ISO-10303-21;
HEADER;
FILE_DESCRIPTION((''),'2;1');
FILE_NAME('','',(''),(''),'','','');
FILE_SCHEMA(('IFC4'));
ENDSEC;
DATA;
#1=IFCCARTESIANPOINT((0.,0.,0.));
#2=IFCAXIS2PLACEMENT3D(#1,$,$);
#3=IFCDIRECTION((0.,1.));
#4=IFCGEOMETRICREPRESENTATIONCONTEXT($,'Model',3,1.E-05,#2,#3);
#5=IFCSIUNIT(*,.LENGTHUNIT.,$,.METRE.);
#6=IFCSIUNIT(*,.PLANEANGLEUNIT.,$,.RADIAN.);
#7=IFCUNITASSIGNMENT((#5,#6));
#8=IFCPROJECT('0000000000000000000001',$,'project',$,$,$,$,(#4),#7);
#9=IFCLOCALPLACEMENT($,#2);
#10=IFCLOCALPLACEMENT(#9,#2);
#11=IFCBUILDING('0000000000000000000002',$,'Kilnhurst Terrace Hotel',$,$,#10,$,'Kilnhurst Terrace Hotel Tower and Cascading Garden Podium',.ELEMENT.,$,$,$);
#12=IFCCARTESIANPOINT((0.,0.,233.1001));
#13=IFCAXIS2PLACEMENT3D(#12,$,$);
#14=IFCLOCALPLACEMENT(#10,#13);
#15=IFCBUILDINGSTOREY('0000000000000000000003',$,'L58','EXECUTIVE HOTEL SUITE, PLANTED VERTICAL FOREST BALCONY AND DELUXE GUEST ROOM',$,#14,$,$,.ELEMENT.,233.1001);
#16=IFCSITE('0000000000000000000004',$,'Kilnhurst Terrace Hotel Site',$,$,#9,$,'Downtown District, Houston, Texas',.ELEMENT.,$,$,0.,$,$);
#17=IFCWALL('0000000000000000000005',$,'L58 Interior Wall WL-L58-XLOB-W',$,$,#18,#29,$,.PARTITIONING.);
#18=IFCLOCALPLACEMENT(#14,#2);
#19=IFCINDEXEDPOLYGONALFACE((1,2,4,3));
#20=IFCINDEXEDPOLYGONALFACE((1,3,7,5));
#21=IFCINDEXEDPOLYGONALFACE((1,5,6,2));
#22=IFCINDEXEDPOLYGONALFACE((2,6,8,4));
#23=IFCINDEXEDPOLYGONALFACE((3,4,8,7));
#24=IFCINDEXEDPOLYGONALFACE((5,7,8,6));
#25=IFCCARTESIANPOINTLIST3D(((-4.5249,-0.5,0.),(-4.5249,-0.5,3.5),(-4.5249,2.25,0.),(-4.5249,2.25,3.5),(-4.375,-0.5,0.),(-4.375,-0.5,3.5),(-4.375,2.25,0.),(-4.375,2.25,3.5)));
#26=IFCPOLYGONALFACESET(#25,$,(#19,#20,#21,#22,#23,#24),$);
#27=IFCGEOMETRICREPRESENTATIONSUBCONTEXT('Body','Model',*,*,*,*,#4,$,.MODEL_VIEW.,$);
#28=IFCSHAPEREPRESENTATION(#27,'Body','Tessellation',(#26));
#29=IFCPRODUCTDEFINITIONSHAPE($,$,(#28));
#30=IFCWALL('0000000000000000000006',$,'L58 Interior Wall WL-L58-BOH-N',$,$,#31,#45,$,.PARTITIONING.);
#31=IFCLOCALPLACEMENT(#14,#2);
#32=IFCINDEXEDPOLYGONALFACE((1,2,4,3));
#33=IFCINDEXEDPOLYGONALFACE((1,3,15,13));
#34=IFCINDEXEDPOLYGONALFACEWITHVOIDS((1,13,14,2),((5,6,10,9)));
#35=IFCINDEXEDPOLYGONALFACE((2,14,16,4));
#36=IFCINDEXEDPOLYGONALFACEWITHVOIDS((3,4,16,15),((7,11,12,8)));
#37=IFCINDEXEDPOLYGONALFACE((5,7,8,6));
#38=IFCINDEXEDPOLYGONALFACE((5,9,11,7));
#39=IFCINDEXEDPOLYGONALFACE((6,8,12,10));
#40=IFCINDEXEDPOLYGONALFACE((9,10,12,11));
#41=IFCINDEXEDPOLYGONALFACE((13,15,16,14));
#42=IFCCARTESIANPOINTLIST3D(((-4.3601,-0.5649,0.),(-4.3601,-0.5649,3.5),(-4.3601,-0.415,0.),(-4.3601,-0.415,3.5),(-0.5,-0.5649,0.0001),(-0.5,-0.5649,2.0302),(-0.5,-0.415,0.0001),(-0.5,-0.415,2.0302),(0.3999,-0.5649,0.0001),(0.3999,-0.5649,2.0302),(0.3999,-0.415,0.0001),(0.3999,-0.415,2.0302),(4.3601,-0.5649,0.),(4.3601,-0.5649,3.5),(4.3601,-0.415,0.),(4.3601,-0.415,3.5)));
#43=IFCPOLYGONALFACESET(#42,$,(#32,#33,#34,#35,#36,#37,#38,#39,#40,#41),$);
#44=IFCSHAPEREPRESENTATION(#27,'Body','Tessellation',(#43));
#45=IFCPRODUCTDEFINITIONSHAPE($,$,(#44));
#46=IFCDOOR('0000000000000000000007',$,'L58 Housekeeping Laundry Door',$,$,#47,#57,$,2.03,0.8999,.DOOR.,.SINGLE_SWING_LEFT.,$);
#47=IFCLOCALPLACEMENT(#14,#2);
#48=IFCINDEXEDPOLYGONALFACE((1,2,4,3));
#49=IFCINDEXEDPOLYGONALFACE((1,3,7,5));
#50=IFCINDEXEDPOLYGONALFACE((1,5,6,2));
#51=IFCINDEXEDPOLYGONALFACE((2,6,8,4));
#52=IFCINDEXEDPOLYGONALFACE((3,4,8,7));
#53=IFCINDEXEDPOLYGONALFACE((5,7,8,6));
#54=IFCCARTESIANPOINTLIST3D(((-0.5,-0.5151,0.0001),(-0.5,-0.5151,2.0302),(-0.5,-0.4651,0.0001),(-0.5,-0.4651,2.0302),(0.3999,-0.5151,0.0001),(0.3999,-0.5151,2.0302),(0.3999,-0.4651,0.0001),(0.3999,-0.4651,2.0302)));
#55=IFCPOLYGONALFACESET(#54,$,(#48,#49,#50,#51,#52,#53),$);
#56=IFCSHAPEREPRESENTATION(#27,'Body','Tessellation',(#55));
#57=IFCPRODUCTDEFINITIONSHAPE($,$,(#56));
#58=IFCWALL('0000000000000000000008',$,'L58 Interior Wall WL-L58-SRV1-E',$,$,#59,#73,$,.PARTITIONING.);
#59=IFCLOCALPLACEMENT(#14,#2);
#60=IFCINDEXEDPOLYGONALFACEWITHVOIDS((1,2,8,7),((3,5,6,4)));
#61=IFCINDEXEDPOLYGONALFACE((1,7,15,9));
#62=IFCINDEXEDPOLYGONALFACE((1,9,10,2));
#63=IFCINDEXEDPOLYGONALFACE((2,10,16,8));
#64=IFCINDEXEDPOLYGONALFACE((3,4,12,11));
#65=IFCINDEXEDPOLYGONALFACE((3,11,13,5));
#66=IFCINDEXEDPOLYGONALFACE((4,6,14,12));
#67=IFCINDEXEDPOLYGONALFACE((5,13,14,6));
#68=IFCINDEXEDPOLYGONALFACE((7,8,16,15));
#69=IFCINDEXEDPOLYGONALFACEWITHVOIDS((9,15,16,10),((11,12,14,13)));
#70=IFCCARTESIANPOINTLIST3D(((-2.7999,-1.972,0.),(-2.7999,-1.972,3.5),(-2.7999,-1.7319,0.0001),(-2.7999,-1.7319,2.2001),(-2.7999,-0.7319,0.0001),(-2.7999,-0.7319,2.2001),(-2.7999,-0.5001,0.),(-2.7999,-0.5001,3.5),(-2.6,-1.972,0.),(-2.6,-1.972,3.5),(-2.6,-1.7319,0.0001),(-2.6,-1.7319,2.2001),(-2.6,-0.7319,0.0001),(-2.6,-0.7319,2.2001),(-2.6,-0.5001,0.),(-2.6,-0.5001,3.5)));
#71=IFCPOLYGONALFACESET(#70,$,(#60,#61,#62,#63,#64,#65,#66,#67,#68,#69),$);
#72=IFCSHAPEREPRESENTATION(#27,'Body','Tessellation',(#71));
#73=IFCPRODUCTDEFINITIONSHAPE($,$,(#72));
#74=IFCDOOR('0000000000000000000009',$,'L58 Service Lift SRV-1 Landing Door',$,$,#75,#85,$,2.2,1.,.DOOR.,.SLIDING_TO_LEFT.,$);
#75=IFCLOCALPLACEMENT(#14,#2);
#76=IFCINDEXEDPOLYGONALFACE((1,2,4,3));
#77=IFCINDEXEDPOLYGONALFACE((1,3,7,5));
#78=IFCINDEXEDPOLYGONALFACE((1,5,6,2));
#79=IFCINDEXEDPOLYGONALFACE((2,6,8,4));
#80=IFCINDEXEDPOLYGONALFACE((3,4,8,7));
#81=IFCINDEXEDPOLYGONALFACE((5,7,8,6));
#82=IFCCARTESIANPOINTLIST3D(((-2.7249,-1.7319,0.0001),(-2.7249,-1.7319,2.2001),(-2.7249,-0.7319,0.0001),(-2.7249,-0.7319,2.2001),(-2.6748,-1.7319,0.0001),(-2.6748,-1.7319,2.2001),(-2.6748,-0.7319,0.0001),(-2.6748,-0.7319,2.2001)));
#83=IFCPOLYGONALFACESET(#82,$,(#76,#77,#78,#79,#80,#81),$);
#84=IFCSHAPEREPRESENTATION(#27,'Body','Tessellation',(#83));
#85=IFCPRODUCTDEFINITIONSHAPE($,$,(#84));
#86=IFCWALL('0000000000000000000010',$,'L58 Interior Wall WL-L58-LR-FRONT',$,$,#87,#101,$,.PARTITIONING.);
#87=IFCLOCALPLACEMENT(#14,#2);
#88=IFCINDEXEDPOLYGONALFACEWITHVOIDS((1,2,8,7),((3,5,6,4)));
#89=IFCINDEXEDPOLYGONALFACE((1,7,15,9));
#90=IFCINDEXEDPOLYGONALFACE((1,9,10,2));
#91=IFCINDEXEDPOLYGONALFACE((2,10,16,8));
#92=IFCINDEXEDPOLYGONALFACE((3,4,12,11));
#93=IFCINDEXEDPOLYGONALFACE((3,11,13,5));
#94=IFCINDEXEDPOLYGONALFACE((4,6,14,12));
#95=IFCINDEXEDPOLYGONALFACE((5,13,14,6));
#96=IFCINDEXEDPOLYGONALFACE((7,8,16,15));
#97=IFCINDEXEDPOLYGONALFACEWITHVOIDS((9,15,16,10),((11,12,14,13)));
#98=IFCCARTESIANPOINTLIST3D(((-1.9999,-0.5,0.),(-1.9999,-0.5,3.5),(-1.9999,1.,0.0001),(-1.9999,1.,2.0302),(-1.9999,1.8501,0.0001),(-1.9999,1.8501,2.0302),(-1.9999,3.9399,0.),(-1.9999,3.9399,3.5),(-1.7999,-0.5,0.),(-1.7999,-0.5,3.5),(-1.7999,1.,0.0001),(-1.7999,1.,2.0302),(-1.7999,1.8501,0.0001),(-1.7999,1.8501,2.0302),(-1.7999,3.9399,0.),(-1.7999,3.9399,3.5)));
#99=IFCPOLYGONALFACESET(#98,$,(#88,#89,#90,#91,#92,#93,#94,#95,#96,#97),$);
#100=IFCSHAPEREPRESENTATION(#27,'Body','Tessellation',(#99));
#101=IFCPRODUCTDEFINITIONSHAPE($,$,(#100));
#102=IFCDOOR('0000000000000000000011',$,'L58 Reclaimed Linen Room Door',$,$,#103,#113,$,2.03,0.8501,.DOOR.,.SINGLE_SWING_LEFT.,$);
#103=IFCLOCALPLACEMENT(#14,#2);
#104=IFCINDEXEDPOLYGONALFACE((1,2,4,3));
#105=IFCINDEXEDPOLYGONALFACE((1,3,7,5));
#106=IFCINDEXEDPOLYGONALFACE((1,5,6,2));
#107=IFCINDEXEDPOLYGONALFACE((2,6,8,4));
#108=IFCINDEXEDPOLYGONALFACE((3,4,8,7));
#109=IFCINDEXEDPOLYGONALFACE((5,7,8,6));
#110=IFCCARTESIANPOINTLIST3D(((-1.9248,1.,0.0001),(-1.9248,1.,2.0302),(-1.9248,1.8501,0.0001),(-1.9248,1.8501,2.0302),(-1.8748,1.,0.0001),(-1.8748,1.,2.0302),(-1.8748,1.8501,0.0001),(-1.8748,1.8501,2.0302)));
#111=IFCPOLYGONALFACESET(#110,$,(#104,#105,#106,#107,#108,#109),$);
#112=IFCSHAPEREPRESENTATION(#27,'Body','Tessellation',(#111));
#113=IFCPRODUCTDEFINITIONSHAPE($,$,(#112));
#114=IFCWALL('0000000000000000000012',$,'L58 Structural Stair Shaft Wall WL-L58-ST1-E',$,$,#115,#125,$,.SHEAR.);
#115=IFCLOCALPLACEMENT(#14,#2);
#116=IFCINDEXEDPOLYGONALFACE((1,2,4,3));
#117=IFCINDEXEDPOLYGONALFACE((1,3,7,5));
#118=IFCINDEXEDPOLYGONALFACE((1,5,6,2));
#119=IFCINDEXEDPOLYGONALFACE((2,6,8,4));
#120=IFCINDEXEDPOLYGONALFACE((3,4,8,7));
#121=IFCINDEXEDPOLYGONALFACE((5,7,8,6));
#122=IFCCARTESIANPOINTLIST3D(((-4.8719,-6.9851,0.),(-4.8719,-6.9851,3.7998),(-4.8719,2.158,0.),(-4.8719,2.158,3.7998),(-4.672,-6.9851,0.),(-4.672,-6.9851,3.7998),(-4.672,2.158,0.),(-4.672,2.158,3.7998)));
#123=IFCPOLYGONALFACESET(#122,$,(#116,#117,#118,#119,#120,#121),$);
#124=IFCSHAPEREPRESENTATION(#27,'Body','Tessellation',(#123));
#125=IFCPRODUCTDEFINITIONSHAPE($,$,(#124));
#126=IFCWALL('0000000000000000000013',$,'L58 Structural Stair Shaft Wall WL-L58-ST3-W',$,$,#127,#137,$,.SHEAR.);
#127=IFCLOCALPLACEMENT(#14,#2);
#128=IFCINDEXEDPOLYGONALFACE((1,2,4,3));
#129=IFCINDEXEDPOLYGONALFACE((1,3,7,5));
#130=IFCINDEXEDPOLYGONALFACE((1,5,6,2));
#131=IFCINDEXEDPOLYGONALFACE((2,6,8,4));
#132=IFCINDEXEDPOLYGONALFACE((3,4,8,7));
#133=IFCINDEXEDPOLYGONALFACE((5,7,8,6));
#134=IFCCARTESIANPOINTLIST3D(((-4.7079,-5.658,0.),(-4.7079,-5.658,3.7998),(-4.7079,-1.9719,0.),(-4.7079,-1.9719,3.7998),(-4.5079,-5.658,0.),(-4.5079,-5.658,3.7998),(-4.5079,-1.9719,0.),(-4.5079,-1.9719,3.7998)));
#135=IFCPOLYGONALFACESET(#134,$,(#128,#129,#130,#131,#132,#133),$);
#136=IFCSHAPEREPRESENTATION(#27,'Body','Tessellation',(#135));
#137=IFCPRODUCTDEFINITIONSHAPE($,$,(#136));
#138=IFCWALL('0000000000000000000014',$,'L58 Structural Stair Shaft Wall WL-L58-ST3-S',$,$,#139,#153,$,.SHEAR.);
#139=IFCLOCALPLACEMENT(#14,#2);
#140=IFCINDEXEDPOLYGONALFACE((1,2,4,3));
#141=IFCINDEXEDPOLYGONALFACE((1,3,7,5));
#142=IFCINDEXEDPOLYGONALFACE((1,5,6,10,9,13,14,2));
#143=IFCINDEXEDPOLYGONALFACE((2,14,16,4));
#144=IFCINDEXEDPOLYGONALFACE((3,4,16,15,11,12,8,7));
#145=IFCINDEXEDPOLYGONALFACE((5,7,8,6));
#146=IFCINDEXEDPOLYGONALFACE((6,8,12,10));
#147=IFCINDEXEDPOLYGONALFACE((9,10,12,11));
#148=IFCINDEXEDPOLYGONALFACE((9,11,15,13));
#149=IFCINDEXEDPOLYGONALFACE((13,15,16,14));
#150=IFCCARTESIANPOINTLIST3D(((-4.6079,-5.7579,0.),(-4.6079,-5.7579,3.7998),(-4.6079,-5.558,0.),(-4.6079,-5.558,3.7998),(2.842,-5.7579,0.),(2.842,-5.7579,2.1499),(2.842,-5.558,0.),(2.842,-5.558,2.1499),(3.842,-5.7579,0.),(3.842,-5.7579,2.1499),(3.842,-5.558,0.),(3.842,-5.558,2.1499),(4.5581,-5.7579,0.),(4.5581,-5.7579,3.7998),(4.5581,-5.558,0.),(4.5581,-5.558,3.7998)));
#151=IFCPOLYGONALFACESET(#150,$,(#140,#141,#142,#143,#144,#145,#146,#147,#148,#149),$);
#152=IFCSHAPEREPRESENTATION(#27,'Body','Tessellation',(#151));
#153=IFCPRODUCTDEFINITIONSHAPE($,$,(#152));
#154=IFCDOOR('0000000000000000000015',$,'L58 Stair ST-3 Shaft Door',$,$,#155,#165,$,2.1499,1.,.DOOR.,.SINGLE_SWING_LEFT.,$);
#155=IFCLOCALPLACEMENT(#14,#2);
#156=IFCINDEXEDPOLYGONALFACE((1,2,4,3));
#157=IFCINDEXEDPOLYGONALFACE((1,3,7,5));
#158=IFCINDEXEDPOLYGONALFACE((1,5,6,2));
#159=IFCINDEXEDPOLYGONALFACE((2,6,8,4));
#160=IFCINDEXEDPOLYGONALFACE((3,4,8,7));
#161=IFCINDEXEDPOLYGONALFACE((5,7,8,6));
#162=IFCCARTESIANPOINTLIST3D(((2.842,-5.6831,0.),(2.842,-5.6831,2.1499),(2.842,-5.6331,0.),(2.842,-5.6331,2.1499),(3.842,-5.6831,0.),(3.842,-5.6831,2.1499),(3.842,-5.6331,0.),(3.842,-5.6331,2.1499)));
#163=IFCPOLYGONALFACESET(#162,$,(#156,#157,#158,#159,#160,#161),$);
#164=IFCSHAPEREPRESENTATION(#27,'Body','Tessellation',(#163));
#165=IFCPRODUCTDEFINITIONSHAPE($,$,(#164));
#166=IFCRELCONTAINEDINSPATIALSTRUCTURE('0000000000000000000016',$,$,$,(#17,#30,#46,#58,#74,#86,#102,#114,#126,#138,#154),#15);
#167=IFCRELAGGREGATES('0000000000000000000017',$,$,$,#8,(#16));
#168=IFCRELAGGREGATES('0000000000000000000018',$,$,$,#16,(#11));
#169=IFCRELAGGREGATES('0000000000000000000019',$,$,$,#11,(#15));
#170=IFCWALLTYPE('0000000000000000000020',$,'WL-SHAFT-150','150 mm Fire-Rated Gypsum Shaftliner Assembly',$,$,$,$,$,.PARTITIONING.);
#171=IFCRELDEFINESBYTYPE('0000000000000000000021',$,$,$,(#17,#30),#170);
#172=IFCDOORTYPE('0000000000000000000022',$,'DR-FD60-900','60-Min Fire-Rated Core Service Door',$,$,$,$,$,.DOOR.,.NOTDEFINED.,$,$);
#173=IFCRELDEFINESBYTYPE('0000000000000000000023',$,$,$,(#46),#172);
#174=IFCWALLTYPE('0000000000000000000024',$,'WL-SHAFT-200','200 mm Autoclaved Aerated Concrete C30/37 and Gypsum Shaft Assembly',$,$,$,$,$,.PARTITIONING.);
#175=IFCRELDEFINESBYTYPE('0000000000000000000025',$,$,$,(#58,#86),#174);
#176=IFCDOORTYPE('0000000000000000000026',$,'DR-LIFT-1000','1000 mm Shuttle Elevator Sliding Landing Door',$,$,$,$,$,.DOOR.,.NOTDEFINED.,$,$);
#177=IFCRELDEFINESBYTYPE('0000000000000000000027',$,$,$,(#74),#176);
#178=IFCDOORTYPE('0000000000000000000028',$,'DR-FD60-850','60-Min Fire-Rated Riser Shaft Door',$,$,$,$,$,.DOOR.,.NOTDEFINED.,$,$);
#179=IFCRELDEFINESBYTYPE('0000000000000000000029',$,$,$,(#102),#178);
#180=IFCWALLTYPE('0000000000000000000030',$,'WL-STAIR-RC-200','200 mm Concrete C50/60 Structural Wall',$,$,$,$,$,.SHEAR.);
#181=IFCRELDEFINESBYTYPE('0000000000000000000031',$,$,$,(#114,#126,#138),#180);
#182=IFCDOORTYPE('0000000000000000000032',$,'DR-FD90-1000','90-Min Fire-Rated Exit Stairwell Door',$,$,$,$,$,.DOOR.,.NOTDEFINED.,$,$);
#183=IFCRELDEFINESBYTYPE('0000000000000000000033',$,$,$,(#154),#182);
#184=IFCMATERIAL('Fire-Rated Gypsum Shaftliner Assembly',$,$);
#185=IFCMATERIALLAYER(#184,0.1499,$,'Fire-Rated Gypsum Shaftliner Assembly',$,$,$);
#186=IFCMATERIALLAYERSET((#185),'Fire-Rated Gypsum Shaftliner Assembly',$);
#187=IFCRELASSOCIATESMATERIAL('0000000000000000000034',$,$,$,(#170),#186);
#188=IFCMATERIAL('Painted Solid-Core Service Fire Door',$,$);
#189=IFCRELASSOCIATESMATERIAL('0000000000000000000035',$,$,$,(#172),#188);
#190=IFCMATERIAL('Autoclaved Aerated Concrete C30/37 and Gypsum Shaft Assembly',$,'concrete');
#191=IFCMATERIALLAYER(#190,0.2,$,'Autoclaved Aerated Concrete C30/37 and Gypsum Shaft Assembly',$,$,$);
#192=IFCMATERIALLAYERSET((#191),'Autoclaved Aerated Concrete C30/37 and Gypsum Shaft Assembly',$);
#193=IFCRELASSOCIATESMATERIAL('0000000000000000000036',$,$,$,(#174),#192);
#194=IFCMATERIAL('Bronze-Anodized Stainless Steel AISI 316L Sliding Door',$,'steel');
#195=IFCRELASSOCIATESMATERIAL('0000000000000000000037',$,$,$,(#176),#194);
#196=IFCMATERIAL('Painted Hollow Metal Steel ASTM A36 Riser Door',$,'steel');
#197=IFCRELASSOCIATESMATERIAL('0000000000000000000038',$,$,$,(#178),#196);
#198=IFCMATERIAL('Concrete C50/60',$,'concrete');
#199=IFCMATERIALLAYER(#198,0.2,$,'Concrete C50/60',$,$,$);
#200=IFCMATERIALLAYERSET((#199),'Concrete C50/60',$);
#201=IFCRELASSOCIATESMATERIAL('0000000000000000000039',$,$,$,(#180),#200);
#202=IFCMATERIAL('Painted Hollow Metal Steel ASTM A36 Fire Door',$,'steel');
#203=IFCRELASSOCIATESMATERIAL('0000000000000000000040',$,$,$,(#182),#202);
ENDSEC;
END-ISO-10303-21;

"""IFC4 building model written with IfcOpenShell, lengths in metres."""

from ifc_helpers import new_model, si_unit, direction, frame, frame_2d, origin, place, context, subcontext, project, spatial, rectangle, extrude, material, layer, layer_set, type_object, element, fill, save


model = new_model("IFC4")

# Units and contexts
model_context = context("Model", 3, precision=1e-05, world=origin(), true_north=direction((0.0, 1.0)))
body_context = subcontext(model_context, "Body", "Model", "MODEL_VIEW")
ifc_project = project(units=[si_unit("LENGTHUNIT", "METRE"), si_unit("PLANEANGLEUNIT", "RADIAN")], contexts=[model_context])

# Site, building, storey
site_placement = place(None, origin())
site = spatial("IfcSite", under=ifc_project, at=site_placement, Name="Kilnhurst Terrace Hotel Site", LongName="Downtown District, Houston, Texas", CompositionType="ELEMENT", RefElevation=0.0)
building_placement = place(site_placement, origin())
building = spatial("IfcBuilding", under=site, at=building_placement, Name="Kilnhurst Terrace Hotel", LongName="Kilnhurst Terrace Hotel Tower and Cascading Garden Podium", CompositionType="ELEMENT")
storey_placement = place(building_placement, frame((0.0, 0.0, 233.1001)))
storey = spatial("IfcBuildingStorey", under=building, at=storey_placement, Name="L58", Description="EXECUTIVE HOTEL SUITE, PLANTED VERTICAL FOREST BALCONY AND DELUXE GUEST ROOM", CompositionType="ELEMENT", Elevation=233.1001)

# Wall
ifc_material_1 = material(Name="Fire-Rated Gypsum Shaftliner Assembly")
ifc_layer_1 = layer(ifc_material_1, 0.1499, Name="Fire-Rated Gypsum Shaftliner Assembly")
ifc_layer_set_1 = layer_set([ifc_layer_1], Name="Fire-Rated Gypsum Shaftliner Assembly")
wall_type_1 = type_object("IfcWallType", Name="WL-SHAFT-150", Description="150 mm Fire-Rated Gypsum Shaftliner Assembly", PredefinedType="PARTITIONING", material=ifc_layer_set_1)
wall_1_placement = place(storey_placement, frame((-4.45, -0.5, 0.0), z_axis=(0.0, 0.0, 1.0), x_axis=(0.0, 1.0, 0.0)))
element("IfcWall", 1, at=wall_1_placement, inside=storey, type_object=wall_type_1, Name="L58 Interior Wall WL-L58-XLOB-W", PredefinedType="PARTITIONING", context=body_context, shape_type="SweptSolid", body=[
    extrude(rectangle(XDim=2.75, YDim=0.1499, at=frame_2d((1.375, 0.0))), origin(), (0.0, 0.0, 1.0), 3.5),
])

# Walls, openings, doors
wall_2_placement = place(storey_placement, frame((-4.3601, -0.49, 0.0), z_axis=(0.0, 0.0, 1.0), x_axis=(1.0, 0.0, 0.0)))
wall_2 = element("IfcWall", 2, at=wall_2_placement, inside=storey, type_object=wall_type_1, Name="L58 Interior Wall WL-L58-BOH-N", PredefinedType="PARTITIONING", context=body_context, shape_type="SweptSolid", body=[
    extrude(rectangle(XDim=8.7202, YDim=0.1499, at=frame_2d((4.3601, 0.0))), origin(), (0.0, 0.0, 1.0), 3.5),
])
opening_1_placement = place(wall_2_placement, frame((3.8601, 0.0, 0.0)))
opening_1 = element("IfcOpeningElement", 3, at=opening_1_placement, cuts=wall_2, PredefinedType="OPENING", context=body_context, shape_type="SweptSolid", body=[
    extrude(rectangle(XDim=0.8999, YDim=2.03, at=frame_2d((0.45, 1.0151))), frame((0.0, 0.085, 0.0), z_axis=(0.0, -1.0, 0.0), x_axis=(1.0, 0.0, 0.0)), (0.0, 0.0, 1.0), 0.1699),
])
ifc_material_2 = material(Name="Painted Solid-Core Service Fire Door")
door_type_1 = type_object("IfcDoorType", Name="DR-FD60-900", Description="60-Min Fire-Rated Core Service Door", OperationType="NOTDEFINED", PredefinedType="DOOR", material=ifc_material_2)
door_1_placement = place(opening_1_placement, origin())
door_1 = element("IfcDoor", 4, at=door_1_placement, inside=storey, type_object=door_type_1, Name="L58 Housekeeping Laundry Door", OperationType="SINGLE_SWING_LEFT", OverallHeight=2.03, OverallWidth=0.8999, PredefinedType="DOOR", context=body_context, shape_type="SweptSolid", body=[
    extrude(rectangle(XDim=0.8999, YDim=2.03, at=frame_2d((0.45, 1.0151))), frame((0.0, 0.0249, 0.0), z_axis=(0.0, -1.0, 0.0), x_axis=(1.0, 0.0, 0.0)), (0.0, 0.0, 1.0), 0.05),
])
fill(opening_1, door_1)
ifc_material_3 = material(Name="Autoclaved Aerated Concrete C30/37 and Gypsum Shaft Assembly", Category="concrete")
ifc_layer_2 = layer(ifc_material_3, 0.2, Name="Autoclaved Aerated Concrete C30/37 and Gypsum Shaft Assembly")
ifc_layer_set_2 = layer_set([ifc_layer_2], Name="Autoclaved Aerated Concrete C30/37 and Gypsum Shaft Assembly")
wall_type_2 = type_object("IfcWallType", Name="WL-SHAFT-200", Description="200 mm Autoclaved Aerated Concrete C30/37 and Gypsum Shaft Assembly", PredefinedType="PARTITIONING", material=ifc_layer_set_2)
wall_3_placement = place(storey_placement, frame((-2.7, -1.9719, 0.0), z_axis=(0.0, 0.0, 1.0), x_axis=(0.0, 1.0, 0.0)))
wall_3 = element("IfcWall", 5, at=wall_3_placement, inside=storey, type_object=wall_type_2, Name="L58 Interior Wall WL-L58-SRV1-E", PredefinedType="PARTITIONING", context=body_context, shape_type="SweptSolid", body=[
    extrude(rectangle(XDim=1.4719, YDim=0.2, at=frame_2d((0.7358, 0.0))), origin(), (0.0, 0.0, 1.0), 3.5),
])
opening_2_placement = place(wall_3_placement, frame((0.24, 0.0, 0.0)))
opening_2 = element("IfcOpeningElement", 6, at=opening_2_placement, cuts=wall_3, PredefinedType="OPENING", context=body_context, shape_type="SweptSolid", body=[
    extrude(rectangle(XDim=1.0, YDim=2.2, at=frame_2d((0.5, 1.1001))), frame((0.0, 0.1099, 0.0), z_axis=(0.0, -1.0, 0.0), x_axis=(1.0, 0.0, 0.0)), (0.0, 0.0, 1.0), 0.22),
])
ifc_material_4 = material(Name="Bronze-Anodized Stainless Steel AISI 316L Sliding Door", Category="steel")
door_type_2 = type_object("IfcDoorType", Name="DR-LIFT-1000", Description="1000 mm Shuttle Elevator Sliding Landing Door", OperationType="NOTDEFINED", PredefinedType="DOOR", material=ifc_material_4)
door_2_placement = place(opening_2_placement, origin())
door_2 = element("IfcDoor", 7, at=door_2_placement, inside=storey, type_object=door_type_2, Name="L58 Service Lift SRV-1 Landing Door", OperationType="SLIDING_TO_LEFT", OverallHeight=2.2, OverallWidth=1.0, PredefinedType="DOOR", context=body_context, shape_type="SweptSolid", body=[
    extrude(rectangle(XDim=1.0, YDim=2.2, at=frame_2d((0.5, 1.1001))), frame((0.0, 0.0249, 0.0), z_axis=(0.0, -1.0, 0.0), x_axis=(1.0, 0.0, 0.0)), (0.0, 0.0, 1.0), 0.05),
])
fill(opening_2, door_2)
wall_4_placement = place(storey_placement, frame((-1.8999, -0.5, 0.0), z_axis=(0.0, 0.0, 1.0), x_axis=(0.0, 1.0, 0.0)))
wall_4 = element("IfcWall", 8, at=wall_4_placement, inside=storey, type_object=wall_type_2, Name="L58 Interior Wall WL-L58-LR-FRONT", PredefinedType="PARTITIONING", context=body_context, shape_type="SweptSolid", body=[
    extrude(rectangle(XDim=4.4399, YDim=0.2, at=frame_2d((2.22, 0.0))), origin(), (0.0, 0.0, 1.0), 3.5),
])
opening_3_placement = place(wall_4_placement, frame((1.5, 0.0, 0.0)))
opening_3 = element("IfcOpeningElement", 9, at=opening_3_placement, cuts=wall_4, PredefinedType="OPENING", context=body_context, shape_type="SweptSolid", body=[
    extrude(rectangle(XDim=0.8501, YDim=2.03, at=frame_2d((0.425, 1.0151))), frame((0.0, 0.1099, 0.0), z_axis=(0.0, -1.0, 0.0), x_axis=(1.0, 0.0, 0.0)), (0.0, 0.0, 1.0), 0.22),
])
ifc_material_5 = material(Name="Painted Hollow Metal Steel ASTM A36 Riser Door", Category="steel")
door_type_3 = type_object("IfcDoorType", Name="DR-FD60-850", Description="60-Min Fire-Rated Riser Shaft Door", OperationType="NOTDEFINED", PredefinedType="DOOR", material=ifc_material_5)
door_3_placement = place(opening_3_placement, origin())
door_3 = element("IfcDoor", 10, at=door_3_placement, inside=storey, type_object=door_type_3, Name="L58 Reclaimed Linen Room Door", OperationType="SINGLE_SWING_LEFT", OverallHeight=2.03, OverallWidth=0.8501, PredefinedType="DOOR", context=body_context, shape_type="SweptSolid", body=[
    extrude(rectangle(XDim=0.8501, YDim=2.03, at=frame_2d((0.425, 1.0151))), frame((0.0, 0.0249, 0.0), z_axis=(0.0, -1.0, 0.0), x_axis=(1.0, 0.0, 0.0)), (0.0, 0.0, 1.0), 0.05),
])
fill(opening_3, door_3)

# Walls
ifc_material_6 = material(Name="Concrete C50/60", Category="concrete")
ifc_layer_3 = layer(ifc_material_6, 0.2, Name="Concrete C50/60")
ifc_layer_set_3 = layer_set([ifc_layer_3], Name="Concrete C50/60")
wall_type_3 = type_object("IfcWallType", Name="WL-STAIR-RC-200", Description="200 mm Concrete C50/60 Structural Wall", PredefinedType="SHEAR", material=ifc_layer_set_3)
wall_5_placement = place(storey_placement, frame((-4.772, -6.9851, 0.0), z_axis=(0.0, 0.0, 1.0), x_axis=(0.0, 1.0, 0.0)))
element("IfcWall", 11, at=wall_5_placement, inside=storey, type_object=wall_type_3, Name="L58 Structural Stair Shaft Wall WL-L58-ST1-E", PredefinedType="SHEAR", context=body_context, shape_type="SweptSolid", body=[
    extrude(rectangle(XDim=9.1431, YDim=0.2, at=frame_2d((4.5715, 0.0))), origin(), (0.0, 0.0, 1.0), 3.7998),
])
wall_6_placement = place(storey_placement, frame((-4.6079, -5.658, 0.0), z_axis=(0.0, 0.0, 1.0), x_axis=(0.0, 1.0, 0.0)))
element("IfcWall", 12, at=wall_6_placement, inside=storey, type_object=wall_type_3, Name="L58 Structural Stair Shaft Wall WL-L58-ST3-W", PredefinedType="SHEAR", context=body_context, shape_type="SweptSolid", body=[
    extrude(rectangle(XDim=3.686, YDim=0.2, at=frame_2d((1.843, 0.0))), origin(), (0.0, 0.0, 1.0), 3.7998),
])

# Wall, opening, door
wall_7_placement = place(storey_placement, frame((-4.6079, -5.658, 0.0), z_axis=(0.0, 0.0, 1.0), x_axis=(1.0, 0.0, 0.0)))
wall_7 = element("IfcWall", 13, at=wall_7_placement, inside=storey, type_object=wall_type_3, Name="L58 Structural Stair Shaft Wall WL-L58-ST3-S", PredefinedType="SHEAR", context=body_context, shape_type="SweptSolid", body=[
    extrude(rectangle(XDim=9.166, YDim=0.2, at=frame_2d((4.583, 0.0))), origin(), (0.0, 0.0, 1.0), 3.7998),
])
opening_4_placement = place(wall_7_placement, frame((7.45, 0.0, 0.0)))
opening_4 = element("IfcOpeningElement", 14, at=opening_4_placement, cuts=wall_7, PredefinedType="OPENING", context=body_context, shape_type="SweptSolid", body=[
    extrude(rectangle(XDim=1.0, YDim=2.1499, at=frame_2d((0.5, 1.075))), frame((0.0, 0.1099, 0.0), z_axis=(0.0, -1.0, 0.0), x_axis=(1.0, 0.0, 0.0)), (0.0, 0.0, 1.0), 0.22),
])
ifc_material_7 = material(Name="Painted Hollow Metal Steel ASTM A36 Fire Door", Category="steel")
door_type_4 = type_object("IfcDoorType", Name="DR-FD90-1000", Description="90-Min Fire-Rated Exit Stairwell Door", OperationType="NOTDEFINED", PredefinedType="DOOR", material=ifc_material_7)
door_4_placement = place(opening_4_placement, origin())
door_4 = element("IfcDoor", 15, at=door_4_placement, inside=storey, type_object=door_type_4, Name="L58 Stair ST-3 Shaft Door", OperationType="SINGLE_SWING_LEFT", OverallHeight=2.1499, OverallWidth=1.0, PredefinedType="DOOR", context=body_context, shape_type="SweptSolid", body=[
    extrude(rectangle(XDim=1.0, YDim=2.1499, at=frame_2d((0.5, 1.075))), frame((0.0, 0.0249, 0.0), z_axis=(0.0, -1.0, 0.0), x_axis=(1.0, 0.0, 0.0)), (0.0, 0.0, 1.0), 0.05),
])
fill(opening_4, door_4)

save(model, "model.ifc")
